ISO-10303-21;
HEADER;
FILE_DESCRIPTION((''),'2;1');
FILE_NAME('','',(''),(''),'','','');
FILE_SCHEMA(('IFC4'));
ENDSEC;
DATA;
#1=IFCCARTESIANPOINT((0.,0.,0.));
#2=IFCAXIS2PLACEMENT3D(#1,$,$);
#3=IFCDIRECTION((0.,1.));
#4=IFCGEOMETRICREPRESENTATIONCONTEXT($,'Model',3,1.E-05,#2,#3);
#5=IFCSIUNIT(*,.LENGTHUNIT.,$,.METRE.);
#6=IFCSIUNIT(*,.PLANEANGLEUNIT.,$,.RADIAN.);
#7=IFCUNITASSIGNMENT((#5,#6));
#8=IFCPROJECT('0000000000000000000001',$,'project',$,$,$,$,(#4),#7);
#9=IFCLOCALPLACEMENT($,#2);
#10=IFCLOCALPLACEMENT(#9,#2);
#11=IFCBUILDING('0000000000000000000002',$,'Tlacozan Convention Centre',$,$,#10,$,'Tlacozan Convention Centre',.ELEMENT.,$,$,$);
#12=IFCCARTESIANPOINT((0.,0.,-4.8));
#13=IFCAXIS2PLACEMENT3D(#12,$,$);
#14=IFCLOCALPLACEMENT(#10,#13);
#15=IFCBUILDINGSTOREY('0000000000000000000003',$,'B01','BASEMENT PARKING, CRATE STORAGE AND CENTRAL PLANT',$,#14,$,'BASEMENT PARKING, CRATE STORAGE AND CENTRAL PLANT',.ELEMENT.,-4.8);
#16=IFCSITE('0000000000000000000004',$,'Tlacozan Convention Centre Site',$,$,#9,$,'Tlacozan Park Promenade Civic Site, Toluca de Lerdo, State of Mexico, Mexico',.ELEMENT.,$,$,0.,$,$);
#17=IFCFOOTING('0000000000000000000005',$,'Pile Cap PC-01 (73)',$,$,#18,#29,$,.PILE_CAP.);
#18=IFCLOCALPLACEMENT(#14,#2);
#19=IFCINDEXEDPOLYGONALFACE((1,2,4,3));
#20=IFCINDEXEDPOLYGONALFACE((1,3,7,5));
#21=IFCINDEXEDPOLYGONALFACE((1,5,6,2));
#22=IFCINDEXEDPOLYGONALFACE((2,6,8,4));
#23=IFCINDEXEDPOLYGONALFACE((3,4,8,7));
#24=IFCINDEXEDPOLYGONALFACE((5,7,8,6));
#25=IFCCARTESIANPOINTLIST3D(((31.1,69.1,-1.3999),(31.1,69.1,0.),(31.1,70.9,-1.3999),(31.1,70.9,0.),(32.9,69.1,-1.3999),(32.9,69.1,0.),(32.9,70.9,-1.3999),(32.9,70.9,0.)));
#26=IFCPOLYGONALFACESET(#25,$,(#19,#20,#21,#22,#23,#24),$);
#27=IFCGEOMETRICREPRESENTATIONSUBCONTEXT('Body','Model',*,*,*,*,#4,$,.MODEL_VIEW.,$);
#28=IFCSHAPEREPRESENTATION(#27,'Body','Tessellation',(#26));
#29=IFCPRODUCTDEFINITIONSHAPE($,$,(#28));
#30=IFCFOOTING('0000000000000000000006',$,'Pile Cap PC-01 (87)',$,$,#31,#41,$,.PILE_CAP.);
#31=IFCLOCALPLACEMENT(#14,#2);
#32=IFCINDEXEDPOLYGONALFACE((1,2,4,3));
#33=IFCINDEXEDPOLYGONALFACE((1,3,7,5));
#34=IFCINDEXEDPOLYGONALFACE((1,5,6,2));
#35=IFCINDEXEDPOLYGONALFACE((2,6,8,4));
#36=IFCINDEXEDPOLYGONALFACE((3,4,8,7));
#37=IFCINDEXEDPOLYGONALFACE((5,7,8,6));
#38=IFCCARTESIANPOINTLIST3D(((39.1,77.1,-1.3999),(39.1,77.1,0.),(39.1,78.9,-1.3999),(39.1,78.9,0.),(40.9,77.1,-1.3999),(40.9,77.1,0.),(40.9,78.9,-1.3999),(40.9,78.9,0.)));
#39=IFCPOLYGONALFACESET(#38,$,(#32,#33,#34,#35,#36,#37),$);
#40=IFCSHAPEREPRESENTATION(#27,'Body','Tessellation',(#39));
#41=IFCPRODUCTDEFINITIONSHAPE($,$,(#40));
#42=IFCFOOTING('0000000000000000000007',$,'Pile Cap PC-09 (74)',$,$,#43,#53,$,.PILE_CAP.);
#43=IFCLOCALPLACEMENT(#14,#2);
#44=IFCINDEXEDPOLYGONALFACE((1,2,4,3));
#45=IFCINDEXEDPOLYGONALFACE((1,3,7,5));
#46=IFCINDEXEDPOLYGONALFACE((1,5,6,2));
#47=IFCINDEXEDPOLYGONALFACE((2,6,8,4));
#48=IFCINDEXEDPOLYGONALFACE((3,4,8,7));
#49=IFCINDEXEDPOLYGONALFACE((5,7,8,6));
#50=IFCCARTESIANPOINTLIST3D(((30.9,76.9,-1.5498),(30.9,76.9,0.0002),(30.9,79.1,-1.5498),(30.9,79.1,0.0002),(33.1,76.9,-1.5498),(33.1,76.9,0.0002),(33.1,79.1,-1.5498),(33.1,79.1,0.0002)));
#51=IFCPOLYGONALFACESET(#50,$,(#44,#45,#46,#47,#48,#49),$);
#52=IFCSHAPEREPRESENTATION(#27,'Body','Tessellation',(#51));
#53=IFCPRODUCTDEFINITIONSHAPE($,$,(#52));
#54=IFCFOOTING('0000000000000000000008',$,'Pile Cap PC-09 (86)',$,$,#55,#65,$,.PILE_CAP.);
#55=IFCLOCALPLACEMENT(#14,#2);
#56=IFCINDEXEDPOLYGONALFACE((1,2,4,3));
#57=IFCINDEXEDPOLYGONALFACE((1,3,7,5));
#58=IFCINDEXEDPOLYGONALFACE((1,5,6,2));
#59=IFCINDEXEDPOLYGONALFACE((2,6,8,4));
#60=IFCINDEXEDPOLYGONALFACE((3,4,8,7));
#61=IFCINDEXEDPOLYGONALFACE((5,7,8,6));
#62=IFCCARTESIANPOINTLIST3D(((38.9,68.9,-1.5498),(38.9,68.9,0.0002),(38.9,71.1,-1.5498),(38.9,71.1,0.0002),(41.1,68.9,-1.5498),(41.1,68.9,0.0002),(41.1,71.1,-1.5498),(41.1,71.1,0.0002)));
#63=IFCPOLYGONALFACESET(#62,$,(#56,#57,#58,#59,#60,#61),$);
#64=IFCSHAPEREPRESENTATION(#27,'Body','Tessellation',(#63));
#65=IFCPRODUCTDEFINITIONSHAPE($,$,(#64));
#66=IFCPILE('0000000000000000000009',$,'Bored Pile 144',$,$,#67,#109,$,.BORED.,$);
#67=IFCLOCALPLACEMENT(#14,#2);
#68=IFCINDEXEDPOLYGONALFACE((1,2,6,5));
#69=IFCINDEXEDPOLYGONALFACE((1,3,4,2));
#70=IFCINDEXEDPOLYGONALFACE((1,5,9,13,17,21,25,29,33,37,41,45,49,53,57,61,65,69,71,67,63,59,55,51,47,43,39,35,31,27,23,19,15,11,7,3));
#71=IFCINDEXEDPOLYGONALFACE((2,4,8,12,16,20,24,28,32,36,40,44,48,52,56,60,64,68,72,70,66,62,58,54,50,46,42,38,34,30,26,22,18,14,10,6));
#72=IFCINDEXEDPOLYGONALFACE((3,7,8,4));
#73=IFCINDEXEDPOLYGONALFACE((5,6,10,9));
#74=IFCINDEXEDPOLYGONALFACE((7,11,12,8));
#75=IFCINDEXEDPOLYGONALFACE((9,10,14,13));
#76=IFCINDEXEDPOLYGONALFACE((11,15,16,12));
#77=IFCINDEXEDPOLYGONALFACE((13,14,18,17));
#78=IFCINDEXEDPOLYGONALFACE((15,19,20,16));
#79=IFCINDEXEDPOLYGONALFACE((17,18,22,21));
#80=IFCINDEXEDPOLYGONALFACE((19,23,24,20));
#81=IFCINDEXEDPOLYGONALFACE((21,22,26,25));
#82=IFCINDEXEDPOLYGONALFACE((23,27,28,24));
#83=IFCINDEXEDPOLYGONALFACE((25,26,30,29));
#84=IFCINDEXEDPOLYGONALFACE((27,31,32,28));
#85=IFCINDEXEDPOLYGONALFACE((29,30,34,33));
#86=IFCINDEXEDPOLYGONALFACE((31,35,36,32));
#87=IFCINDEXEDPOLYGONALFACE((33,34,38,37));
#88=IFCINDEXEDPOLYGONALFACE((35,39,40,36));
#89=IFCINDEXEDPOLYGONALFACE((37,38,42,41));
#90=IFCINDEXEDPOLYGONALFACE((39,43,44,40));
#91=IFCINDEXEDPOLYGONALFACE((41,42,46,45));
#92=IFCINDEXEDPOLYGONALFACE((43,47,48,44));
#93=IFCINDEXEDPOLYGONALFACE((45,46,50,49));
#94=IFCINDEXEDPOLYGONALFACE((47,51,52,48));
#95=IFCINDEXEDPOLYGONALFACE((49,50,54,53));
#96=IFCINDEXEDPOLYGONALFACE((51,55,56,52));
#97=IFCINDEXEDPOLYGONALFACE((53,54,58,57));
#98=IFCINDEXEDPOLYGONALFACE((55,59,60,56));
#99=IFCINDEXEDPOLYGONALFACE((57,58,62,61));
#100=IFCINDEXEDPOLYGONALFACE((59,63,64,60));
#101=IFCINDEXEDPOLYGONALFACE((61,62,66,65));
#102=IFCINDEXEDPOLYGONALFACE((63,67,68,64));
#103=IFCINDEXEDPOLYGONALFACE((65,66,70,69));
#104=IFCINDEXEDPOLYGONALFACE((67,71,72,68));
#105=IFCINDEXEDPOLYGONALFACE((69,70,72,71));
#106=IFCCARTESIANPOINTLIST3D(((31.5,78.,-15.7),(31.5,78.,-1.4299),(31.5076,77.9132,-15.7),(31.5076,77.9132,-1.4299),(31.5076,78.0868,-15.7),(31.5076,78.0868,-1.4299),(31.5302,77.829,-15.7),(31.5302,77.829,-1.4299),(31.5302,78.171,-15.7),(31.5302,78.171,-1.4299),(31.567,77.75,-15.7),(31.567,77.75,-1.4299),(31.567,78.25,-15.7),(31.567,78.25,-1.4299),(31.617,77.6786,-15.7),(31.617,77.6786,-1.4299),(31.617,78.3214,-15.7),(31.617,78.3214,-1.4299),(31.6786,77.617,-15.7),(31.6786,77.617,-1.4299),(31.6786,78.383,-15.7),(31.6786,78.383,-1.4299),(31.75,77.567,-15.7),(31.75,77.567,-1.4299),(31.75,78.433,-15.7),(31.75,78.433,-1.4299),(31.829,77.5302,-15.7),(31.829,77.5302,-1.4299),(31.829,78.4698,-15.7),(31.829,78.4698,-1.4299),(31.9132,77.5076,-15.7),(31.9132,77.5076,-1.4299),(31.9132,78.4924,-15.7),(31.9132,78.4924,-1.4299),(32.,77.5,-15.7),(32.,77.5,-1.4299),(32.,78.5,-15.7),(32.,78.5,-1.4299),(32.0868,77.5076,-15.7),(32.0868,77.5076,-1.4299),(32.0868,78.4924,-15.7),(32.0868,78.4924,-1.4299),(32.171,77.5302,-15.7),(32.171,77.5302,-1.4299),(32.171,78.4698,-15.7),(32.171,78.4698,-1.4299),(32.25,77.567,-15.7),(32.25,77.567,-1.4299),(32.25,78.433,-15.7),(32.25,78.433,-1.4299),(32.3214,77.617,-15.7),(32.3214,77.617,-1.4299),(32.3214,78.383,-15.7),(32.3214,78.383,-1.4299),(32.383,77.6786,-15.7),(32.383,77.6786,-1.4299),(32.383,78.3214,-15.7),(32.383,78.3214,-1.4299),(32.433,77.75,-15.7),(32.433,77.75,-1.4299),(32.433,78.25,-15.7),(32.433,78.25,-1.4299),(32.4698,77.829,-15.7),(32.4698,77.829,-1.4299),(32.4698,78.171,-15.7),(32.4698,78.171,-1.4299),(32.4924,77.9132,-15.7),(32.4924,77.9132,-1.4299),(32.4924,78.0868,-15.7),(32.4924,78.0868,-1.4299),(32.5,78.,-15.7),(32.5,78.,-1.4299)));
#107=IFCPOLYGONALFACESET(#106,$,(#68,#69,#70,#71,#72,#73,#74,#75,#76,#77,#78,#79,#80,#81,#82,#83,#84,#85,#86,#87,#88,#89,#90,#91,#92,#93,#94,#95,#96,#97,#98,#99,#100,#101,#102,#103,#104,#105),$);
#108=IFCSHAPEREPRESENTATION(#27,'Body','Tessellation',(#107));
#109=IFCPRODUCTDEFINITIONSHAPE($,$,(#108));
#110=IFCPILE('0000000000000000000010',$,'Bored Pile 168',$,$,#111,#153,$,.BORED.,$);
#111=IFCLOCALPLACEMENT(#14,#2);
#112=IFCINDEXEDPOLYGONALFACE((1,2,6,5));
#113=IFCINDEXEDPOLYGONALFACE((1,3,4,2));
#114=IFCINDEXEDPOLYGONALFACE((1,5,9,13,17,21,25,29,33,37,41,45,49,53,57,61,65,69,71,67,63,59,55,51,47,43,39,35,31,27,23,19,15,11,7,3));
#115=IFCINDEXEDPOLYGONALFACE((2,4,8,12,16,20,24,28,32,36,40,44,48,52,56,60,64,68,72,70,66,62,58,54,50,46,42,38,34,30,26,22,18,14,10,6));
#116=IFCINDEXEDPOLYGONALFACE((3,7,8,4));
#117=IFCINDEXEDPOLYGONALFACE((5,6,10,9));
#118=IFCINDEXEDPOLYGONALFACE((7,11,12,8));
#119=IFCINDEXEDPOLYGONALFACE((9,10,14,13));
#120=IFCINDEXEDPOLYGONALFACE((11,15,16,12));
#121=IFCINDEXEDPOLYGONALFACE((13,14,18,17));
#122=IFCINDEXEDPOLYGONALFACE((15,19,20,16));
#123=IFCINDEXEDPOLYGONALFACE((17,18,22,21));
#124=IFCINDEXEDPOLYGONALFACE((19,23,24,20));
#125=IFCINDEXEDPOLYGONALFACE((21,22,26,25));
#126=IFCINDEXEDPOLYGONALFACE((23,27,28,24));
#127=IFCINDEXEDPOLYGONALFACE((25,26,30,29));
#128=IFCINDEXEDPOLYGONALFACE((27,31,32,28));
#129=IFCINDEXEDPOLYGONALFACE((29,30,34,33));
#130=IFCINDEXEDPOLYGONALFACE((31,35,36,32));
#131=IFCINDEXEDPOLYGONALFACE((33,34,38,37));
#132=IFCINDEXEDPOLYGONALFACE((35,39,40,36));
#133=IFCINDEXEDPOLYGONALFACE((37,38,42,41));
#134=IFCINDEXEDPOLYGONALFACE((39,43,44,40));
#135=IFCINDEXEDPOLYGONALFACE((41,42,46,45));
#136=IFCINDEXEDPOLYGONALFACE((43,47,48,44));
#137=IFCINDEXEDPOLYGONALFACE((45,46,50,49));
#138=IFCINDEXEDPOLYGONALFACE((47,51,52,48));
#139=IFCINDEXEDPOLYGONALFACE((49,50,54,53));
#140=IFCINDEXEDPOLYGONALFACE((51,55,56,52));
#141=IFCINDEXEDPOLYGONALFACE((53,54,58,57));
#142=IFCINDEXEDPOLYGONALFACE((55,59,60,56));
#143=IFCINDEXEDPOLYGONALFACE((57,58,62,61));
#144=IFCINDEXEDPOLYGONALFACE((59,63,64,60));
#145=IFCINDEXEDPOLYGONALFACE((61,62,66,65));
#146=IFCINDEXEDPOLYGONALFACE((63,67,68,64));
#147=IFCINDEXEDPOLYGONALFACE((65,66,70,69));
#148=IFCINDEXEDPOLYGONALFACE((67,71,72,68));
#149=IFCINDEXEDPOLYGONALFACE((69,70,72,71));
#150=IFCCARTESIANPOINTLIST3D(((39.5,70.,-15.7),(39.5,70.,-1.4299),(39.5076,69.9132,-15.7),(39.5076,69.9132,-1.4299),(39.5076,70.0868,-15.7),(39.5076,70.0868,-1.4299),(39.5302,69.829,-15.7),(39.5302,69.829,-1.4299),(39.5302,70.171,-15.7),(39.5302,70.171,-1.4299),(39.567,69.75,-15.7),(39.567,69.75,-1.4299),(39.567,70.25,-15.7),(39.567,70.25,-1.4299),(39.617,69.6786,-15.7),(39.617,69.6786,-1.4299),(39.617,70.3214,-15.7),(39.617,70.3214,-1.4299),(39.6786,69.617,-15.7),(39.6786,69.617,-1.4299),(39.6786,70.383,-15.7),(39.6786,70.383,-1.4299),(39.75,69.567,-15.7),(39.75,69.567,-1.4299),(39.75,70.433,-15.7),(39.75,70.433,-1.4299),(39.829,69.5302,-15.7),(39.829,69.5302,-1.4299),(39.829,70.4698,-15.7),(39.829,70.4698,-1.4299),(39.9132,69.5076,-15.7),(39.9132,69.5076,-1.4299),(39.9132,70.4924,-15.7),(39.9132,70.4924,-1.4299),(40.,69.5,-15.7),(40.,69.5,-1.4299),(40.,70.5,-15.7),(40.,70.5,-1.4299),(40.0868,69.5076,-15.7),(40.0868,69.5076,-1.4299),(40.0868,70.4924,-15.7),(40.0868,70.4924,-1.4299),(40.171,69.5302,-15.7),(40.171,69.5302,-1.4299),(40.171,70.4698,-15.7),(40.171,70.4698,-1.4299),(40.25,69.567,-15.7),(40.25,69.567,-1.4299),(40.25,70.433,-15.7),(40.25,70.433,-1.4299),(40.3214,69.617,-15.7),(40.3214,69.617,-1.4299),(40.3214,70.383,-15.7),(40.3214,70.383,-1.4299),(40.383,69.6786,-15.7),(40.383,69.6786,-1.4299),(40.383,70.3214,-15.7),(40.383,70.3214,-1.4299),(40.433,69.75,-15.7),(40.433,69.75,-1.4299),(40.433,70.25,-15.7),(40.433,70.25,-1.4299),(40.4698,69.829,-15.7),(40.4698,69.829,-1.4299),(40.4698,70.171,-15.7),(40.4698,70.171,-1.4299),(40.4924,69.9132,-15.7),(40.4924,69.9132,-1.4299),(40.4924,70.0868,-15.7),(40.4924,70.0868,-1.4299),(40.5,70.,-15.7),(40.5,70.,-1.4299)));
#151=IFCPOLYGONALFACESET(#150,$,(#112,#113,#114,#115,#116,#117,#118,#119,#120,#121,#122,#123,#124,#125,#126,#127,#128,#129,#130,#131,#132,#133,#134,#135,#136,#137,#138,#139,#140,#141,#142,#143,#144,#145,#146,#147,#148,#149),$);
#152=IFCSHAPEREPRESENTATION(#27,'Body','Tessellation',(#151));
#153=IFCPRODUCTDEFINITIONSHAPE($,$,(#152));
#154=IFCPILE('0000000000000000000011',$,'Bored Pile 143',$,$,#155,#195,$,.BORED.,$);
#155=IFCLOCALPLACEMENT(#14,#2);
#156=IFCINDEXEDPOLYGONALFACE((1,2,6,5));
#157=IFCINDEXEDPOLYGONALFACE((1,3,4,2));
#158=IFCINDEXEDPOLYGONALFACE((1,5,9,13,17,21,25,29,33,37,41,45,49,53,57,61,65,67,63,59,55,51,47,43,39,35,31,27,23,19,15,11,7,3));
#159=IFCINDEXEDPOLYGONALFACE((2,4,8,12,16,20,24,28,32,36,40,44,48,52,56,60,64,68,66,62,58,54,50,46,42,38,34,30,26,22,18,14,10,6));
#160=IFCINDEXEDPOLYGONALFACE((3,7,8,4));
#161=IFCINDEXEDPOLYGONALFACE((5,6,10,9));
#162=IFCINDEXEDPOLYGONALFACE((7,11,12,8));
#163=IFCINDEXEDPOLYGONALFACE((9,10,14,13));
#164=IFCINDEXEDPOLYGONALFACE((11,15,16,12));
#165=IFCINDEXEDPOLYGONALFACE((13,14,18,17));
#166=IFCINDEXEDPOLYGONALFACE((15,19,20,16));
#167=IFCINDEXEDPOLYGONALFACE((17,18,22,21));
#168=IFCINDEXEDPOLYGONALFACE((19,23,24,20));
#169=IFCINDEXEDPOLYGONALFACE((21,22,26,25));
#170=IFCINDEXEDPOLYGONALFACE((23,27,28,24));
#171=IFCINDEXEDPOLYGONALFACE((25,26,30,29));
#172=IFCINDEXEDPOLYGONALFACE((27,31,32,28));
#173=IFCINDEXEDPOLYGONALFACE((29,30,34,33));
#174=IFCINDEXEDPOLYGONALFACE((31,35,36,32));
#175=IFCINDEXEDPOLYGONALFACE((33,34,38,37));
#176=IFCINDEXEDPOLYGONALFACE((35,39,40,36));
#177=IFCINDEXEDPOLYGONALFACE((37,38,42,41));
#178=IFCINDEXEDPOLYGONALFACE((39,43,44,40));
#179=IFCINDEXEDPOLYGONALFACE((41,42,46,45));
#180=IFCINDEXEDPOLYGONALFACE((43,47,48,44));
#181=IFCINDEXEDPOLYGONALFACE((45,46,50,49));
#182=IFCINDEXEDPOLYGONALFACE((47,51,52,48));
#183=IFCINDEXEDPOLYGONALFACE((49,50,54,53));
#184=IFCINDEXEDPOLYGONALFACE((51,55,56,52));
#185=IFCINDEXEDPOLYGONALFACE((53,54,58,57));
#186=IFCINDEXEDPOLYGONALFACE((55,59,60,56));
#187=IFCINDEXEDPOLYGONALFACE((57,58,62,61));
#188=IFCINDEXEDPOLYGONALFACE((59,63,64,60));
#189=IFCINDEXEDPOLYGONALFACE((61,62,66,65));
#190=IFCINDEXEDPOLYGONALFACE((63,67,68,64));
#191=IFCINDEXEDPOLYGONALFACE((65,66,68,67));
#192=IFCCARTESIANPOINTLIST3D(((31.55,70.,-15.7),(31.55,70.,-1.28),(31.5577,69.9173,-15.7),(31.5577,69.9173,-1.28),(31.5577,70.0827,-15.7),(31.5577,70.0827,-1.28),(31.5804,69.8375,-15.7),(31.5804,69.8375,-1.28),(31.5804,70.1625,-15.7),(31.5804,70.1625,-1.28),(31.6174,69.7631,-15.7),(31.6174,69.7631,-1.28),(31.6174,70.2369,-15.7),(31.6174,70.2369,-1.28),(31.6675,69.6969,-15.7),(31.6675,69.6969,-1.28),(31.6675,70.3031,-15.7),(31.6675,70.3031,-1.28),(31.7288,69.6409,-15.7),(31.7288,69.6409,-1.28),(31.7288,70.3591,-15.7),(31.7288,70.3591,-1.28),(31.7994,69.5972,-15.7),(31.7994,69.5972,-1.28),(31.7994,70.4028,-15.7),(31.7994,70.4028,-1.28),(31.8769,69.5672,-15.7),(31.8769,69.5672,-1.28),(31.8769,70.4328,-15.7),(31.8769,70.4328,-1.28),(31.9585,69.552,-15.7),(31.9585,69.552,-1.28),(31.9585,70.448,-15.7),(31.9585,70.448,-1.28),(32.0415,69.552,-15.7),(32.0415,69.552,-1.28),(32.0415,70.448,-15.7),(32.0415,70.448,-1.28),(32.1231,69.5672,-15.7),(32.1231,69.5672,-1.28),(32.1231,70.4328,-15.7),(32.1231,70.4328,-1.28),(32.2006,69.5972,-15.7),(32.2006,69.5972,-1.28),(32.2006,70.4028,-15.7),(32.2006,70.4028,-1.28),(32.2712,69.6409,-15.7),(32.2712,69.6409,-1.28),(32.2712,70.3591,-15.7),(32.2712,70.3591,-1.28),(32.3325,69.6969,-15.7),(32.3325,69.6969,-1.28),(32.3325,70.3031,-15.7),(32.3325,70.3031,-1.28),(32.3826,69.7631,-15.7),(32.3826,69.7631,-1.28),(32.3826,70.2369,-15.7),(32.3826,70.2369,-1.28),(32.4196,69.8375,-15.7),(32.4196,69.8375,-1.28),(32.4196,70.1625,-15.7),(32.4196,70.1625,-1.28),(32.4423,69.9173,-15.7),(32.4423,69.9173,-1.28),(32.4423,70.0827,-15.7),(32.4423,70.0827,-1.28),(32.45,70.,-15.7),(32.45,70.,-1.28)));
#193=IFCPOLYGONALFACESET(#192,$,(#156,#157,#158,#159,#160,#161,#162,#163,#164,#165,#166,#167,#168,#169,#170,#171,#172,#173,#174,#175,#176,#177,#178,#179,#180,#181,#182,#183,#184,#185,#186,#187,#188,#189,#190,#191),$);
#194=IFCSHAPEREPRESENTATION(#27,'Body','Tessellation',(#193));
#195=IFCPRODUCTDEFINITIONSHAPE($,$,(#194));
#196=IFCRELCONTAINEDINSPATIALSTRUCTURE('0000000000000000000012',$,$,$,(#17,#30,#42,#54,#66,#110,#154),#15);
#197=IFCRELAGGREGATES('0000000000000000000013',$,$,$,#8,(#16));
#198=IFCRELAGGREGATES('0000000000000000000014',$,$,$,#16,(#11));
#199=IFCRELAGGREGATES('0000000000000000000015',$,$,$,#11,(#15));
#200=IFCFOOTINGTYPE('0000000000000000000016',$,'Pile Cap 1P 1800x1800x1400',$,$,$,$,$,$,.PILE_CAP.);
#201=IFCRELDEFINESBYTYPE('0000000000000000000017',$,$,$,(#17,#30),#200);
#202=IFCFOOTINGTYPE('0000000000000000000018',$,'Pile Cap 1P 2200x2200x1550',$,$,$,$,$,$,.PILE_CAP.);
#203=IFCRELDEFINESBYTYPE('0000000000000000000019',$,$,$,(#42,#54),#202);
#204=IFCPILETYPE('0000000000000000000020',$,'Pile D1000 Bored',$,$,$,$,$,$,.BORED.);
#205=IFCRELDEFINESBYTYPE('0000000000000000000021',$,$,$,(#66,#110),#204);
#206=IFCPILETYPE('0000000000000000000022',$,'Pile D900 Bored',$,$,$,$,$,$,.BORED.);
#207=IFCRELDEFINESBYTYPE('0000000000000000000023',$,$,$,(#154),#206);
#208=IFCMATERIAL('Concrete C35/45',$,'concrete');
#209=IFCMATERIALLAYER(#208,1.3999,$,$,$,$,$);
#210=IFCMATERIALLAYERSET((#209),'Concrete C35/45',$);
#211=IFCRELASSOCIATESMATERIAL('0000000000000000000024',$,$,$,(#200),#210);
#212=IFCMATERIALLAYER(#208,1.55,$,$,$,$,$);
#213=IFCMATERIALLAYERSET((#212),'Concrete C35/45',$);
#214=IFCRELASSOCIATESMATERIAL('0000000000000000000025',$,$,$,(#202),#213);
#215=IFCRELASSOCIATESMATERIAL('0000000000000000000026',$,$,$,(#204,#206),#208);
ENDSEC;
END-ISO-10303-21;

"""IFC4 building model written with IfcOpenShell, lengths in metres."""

from ifc_helpers import new_model, si_unit, direction, frame, origin, origin_2d, place, context, subcontext, project, spatial, rectangle, circle, extrude, material, layer, layer_set, material_profile, profile_set, type_object, element, save


model = new_model("IFC4")

# Units and contexts
model_context = context("Model", 3, precision=1e-05, world=origin(), true_north=direction((0.0, 1.0)))
body_context = subcontext(model_context, "Body", "Model", "MODEL_VIEW")
ifc_project = project(units=[si_unit("LENGTHUNIT", "METRE"), si_unit("PLANEANGLEUNIT", "RADIAN")], contexts=[model_context])

# Site, building, storey
site_placement = place(None, origin())
site = spatial("IfcSite", under=ifc_project, at=site_placement, Name="Tlacozan Convention Centre Site", LongName="Tlacozan Park Promenade Civic Site, Toluca de Lerdo, State of Mexico, Mexico", CompositionType="ELEMENT", RefElevation=0.0)
building_placement = place(site_placement, origin())
building = spatial("IfcBuilding", under=site, at=building_placement, Name="Tlacozan Convention Centre", LongName="Tlacozan Convention Centre", CompositionType="ELEMENT")
storey_placement = place(building_placement, frame((0.0, 0.0, -4.8)))
storey = spatial("IfcBuildingStorey", under=building, at=storey_placement, Name="B01", Description="BASEMENT PARKING, CRATE STORAGE AND CENTRAL PLANT", LongName="BASEMENT PARKING, CRATE STORAGE AND CENTRAL PLANT", CompositionType="ELEMENT", Elevation=-4.8)

# Footings
ifc_material_1 = material(Name="Concrete C35/45", Category="concrete")
ifc_layer_1 = layer(ifc_material_1, 1.3999)
ifc_layer_set_1 = layer_set([ifc_layer_1], Name="Concrete C35/45")
footing_type_1 = type_object("IfcFootingType", Name="Pile Cap 1P 1800x1800x1400", PredefinedType="PILE_CAP", material=ifc_layer_set_1)
for number, where, z_axis, x_axis, name in (
    (1, (32.0, 70.0, -1.3999), (0.0, 0.0, 1.0), (1.0, 0.0, 0.0), "Pile Cap PC-01 (73)"),
    (2, (40.0, 78.0, -1.3999), (0.0, 0.0, 1.0), (1.0, 0.0, 0.0), "Pile Cap PC-01 (87)"),
):
    element("IfcFooting", number, at=place(storey_placement, frame(where, z_axis=z_axis, x_axis=x_axis)), inside=storey, type_object=footing_type_1, Name=name, PredefinedType="PILE_CAP", context=body_context, shape_type="SweptSolid", body=[
        extrude(rectangle(XDim=1.8, YDim=1.8, at=origin_2d()), origin(), (0.0, 0.0, 1.0), 1.3999),
    ])
ifc_layer_2 = layer(ifc_material_1, 1.55)
ifc_layer_set_2 = layer_set([ifc_layer_2], Name="Concrete C35/45")
footing_type_2 = type_object("IfcFootingType", Name="Pile Cap 1P 2200x2200x1550", PredefinedType="PILE_CAP", material=ifc_layer_set_2)
for number, where, z_axis, x_axis, name in (
    (3, (32.0, 78.0, -1.5498), (0.0, 0.0, 1.0), (1.0, 0.0, 0.0), "Pile Cap PC-09 (74)"),
    (4, (40.0, 70.0, -1.5498), (0.0, 0.0, 1.0), (1.0, 0.0, 0.0), "Pile Cap PC-09 (86)"),
):
    element("IfcFooting", number, at=place(storey_placement, frame(where, z_axis=z_axis, x_axis=x_axis)), inside=storey, type_object=footing_type_2, Name=name, PredefinedType="PILE_CAP", context=body_context, shape_type="SweptSolid", body=[
        extrude(rectangle(XDim=2.2, YDim=2.2, at=origin_2d()), origin(), (0.0, 0.0, 1.0), 1.55),
    ])

# Piles
ifc_material_profile_1 = material_profile(ifc_material_1, circle(Radius=0.5, at=origin_2d()), Name="PILE D1000")
ifc_profile_set_1 = profile_set([ifc_material_profile_1], Name="Concrete C35/45")
pile_type_1 = type_object("IfcPileType", Name="Pile D1000 Bored", PredefinedType="BORED", material=ifc_profile_set_1)
for number, where, z_axis, x_axis, name in (
    (5, (32.0, 78.0, -1.4299), (0.0, 0.0, -1.0), (1.0, 0.0, 0.0), "Bored Pile 144"),
    (6, (40.0, 70.0, -1.4299), (0.0, 0.0, -1.0), (1.0, 0.0, 0.0), "Bored Pile 168"),
):
    element("IfcPile", number, at=place(storey_placement, frame(where, z_axis=z_axis, x_axis=x_axis)), inside=storey, type_object=pile_type_1, Name=name, PredefinedType="BORED", context=body_context, shape_type="SweptSolid", body=[
        extrude(circle(Radius=0.5, at=origin_2d()), origin(), (0.0, 0.0, 1.0), 14.27),
    ])
ifc_material_profile_2 = material_profile(ifc_material_1, circle(Radius=0.45, at=origin_2d()), Name="PILE D900")
ifc_profile_set_2 = profile_set([ifc_material_profile_2], Name="Concrete C35/45")
pile_type_2 = type_object("IfcPileType", Name="Pile D900 Bored", PredefinedType="BORED", material=ifc_profile_set_2)
for number, where, z_axis, x_axis, name in (
    (7, (32.0, 70.0, -1.28), (0.0, 0.0, -1.0), (1.0, 0.0, 0.0), "Bored Pile 143"),
):
    element("IfcPile", number, at=place(storey_placement, frame(where, z_axis=z_axis, x_axis=x_axis)), inside=storey, type_object=pile_type_2, Name=name, PredefinedType="BORED", context=body_context, shape_type="SweptSolid", body=[
        extrude(circle(Radius=0.45, at=origin_2d()), origin(), (0.0, 0.0, 1.0), 14.4199),
    ])

save(model, "model.ifc")
